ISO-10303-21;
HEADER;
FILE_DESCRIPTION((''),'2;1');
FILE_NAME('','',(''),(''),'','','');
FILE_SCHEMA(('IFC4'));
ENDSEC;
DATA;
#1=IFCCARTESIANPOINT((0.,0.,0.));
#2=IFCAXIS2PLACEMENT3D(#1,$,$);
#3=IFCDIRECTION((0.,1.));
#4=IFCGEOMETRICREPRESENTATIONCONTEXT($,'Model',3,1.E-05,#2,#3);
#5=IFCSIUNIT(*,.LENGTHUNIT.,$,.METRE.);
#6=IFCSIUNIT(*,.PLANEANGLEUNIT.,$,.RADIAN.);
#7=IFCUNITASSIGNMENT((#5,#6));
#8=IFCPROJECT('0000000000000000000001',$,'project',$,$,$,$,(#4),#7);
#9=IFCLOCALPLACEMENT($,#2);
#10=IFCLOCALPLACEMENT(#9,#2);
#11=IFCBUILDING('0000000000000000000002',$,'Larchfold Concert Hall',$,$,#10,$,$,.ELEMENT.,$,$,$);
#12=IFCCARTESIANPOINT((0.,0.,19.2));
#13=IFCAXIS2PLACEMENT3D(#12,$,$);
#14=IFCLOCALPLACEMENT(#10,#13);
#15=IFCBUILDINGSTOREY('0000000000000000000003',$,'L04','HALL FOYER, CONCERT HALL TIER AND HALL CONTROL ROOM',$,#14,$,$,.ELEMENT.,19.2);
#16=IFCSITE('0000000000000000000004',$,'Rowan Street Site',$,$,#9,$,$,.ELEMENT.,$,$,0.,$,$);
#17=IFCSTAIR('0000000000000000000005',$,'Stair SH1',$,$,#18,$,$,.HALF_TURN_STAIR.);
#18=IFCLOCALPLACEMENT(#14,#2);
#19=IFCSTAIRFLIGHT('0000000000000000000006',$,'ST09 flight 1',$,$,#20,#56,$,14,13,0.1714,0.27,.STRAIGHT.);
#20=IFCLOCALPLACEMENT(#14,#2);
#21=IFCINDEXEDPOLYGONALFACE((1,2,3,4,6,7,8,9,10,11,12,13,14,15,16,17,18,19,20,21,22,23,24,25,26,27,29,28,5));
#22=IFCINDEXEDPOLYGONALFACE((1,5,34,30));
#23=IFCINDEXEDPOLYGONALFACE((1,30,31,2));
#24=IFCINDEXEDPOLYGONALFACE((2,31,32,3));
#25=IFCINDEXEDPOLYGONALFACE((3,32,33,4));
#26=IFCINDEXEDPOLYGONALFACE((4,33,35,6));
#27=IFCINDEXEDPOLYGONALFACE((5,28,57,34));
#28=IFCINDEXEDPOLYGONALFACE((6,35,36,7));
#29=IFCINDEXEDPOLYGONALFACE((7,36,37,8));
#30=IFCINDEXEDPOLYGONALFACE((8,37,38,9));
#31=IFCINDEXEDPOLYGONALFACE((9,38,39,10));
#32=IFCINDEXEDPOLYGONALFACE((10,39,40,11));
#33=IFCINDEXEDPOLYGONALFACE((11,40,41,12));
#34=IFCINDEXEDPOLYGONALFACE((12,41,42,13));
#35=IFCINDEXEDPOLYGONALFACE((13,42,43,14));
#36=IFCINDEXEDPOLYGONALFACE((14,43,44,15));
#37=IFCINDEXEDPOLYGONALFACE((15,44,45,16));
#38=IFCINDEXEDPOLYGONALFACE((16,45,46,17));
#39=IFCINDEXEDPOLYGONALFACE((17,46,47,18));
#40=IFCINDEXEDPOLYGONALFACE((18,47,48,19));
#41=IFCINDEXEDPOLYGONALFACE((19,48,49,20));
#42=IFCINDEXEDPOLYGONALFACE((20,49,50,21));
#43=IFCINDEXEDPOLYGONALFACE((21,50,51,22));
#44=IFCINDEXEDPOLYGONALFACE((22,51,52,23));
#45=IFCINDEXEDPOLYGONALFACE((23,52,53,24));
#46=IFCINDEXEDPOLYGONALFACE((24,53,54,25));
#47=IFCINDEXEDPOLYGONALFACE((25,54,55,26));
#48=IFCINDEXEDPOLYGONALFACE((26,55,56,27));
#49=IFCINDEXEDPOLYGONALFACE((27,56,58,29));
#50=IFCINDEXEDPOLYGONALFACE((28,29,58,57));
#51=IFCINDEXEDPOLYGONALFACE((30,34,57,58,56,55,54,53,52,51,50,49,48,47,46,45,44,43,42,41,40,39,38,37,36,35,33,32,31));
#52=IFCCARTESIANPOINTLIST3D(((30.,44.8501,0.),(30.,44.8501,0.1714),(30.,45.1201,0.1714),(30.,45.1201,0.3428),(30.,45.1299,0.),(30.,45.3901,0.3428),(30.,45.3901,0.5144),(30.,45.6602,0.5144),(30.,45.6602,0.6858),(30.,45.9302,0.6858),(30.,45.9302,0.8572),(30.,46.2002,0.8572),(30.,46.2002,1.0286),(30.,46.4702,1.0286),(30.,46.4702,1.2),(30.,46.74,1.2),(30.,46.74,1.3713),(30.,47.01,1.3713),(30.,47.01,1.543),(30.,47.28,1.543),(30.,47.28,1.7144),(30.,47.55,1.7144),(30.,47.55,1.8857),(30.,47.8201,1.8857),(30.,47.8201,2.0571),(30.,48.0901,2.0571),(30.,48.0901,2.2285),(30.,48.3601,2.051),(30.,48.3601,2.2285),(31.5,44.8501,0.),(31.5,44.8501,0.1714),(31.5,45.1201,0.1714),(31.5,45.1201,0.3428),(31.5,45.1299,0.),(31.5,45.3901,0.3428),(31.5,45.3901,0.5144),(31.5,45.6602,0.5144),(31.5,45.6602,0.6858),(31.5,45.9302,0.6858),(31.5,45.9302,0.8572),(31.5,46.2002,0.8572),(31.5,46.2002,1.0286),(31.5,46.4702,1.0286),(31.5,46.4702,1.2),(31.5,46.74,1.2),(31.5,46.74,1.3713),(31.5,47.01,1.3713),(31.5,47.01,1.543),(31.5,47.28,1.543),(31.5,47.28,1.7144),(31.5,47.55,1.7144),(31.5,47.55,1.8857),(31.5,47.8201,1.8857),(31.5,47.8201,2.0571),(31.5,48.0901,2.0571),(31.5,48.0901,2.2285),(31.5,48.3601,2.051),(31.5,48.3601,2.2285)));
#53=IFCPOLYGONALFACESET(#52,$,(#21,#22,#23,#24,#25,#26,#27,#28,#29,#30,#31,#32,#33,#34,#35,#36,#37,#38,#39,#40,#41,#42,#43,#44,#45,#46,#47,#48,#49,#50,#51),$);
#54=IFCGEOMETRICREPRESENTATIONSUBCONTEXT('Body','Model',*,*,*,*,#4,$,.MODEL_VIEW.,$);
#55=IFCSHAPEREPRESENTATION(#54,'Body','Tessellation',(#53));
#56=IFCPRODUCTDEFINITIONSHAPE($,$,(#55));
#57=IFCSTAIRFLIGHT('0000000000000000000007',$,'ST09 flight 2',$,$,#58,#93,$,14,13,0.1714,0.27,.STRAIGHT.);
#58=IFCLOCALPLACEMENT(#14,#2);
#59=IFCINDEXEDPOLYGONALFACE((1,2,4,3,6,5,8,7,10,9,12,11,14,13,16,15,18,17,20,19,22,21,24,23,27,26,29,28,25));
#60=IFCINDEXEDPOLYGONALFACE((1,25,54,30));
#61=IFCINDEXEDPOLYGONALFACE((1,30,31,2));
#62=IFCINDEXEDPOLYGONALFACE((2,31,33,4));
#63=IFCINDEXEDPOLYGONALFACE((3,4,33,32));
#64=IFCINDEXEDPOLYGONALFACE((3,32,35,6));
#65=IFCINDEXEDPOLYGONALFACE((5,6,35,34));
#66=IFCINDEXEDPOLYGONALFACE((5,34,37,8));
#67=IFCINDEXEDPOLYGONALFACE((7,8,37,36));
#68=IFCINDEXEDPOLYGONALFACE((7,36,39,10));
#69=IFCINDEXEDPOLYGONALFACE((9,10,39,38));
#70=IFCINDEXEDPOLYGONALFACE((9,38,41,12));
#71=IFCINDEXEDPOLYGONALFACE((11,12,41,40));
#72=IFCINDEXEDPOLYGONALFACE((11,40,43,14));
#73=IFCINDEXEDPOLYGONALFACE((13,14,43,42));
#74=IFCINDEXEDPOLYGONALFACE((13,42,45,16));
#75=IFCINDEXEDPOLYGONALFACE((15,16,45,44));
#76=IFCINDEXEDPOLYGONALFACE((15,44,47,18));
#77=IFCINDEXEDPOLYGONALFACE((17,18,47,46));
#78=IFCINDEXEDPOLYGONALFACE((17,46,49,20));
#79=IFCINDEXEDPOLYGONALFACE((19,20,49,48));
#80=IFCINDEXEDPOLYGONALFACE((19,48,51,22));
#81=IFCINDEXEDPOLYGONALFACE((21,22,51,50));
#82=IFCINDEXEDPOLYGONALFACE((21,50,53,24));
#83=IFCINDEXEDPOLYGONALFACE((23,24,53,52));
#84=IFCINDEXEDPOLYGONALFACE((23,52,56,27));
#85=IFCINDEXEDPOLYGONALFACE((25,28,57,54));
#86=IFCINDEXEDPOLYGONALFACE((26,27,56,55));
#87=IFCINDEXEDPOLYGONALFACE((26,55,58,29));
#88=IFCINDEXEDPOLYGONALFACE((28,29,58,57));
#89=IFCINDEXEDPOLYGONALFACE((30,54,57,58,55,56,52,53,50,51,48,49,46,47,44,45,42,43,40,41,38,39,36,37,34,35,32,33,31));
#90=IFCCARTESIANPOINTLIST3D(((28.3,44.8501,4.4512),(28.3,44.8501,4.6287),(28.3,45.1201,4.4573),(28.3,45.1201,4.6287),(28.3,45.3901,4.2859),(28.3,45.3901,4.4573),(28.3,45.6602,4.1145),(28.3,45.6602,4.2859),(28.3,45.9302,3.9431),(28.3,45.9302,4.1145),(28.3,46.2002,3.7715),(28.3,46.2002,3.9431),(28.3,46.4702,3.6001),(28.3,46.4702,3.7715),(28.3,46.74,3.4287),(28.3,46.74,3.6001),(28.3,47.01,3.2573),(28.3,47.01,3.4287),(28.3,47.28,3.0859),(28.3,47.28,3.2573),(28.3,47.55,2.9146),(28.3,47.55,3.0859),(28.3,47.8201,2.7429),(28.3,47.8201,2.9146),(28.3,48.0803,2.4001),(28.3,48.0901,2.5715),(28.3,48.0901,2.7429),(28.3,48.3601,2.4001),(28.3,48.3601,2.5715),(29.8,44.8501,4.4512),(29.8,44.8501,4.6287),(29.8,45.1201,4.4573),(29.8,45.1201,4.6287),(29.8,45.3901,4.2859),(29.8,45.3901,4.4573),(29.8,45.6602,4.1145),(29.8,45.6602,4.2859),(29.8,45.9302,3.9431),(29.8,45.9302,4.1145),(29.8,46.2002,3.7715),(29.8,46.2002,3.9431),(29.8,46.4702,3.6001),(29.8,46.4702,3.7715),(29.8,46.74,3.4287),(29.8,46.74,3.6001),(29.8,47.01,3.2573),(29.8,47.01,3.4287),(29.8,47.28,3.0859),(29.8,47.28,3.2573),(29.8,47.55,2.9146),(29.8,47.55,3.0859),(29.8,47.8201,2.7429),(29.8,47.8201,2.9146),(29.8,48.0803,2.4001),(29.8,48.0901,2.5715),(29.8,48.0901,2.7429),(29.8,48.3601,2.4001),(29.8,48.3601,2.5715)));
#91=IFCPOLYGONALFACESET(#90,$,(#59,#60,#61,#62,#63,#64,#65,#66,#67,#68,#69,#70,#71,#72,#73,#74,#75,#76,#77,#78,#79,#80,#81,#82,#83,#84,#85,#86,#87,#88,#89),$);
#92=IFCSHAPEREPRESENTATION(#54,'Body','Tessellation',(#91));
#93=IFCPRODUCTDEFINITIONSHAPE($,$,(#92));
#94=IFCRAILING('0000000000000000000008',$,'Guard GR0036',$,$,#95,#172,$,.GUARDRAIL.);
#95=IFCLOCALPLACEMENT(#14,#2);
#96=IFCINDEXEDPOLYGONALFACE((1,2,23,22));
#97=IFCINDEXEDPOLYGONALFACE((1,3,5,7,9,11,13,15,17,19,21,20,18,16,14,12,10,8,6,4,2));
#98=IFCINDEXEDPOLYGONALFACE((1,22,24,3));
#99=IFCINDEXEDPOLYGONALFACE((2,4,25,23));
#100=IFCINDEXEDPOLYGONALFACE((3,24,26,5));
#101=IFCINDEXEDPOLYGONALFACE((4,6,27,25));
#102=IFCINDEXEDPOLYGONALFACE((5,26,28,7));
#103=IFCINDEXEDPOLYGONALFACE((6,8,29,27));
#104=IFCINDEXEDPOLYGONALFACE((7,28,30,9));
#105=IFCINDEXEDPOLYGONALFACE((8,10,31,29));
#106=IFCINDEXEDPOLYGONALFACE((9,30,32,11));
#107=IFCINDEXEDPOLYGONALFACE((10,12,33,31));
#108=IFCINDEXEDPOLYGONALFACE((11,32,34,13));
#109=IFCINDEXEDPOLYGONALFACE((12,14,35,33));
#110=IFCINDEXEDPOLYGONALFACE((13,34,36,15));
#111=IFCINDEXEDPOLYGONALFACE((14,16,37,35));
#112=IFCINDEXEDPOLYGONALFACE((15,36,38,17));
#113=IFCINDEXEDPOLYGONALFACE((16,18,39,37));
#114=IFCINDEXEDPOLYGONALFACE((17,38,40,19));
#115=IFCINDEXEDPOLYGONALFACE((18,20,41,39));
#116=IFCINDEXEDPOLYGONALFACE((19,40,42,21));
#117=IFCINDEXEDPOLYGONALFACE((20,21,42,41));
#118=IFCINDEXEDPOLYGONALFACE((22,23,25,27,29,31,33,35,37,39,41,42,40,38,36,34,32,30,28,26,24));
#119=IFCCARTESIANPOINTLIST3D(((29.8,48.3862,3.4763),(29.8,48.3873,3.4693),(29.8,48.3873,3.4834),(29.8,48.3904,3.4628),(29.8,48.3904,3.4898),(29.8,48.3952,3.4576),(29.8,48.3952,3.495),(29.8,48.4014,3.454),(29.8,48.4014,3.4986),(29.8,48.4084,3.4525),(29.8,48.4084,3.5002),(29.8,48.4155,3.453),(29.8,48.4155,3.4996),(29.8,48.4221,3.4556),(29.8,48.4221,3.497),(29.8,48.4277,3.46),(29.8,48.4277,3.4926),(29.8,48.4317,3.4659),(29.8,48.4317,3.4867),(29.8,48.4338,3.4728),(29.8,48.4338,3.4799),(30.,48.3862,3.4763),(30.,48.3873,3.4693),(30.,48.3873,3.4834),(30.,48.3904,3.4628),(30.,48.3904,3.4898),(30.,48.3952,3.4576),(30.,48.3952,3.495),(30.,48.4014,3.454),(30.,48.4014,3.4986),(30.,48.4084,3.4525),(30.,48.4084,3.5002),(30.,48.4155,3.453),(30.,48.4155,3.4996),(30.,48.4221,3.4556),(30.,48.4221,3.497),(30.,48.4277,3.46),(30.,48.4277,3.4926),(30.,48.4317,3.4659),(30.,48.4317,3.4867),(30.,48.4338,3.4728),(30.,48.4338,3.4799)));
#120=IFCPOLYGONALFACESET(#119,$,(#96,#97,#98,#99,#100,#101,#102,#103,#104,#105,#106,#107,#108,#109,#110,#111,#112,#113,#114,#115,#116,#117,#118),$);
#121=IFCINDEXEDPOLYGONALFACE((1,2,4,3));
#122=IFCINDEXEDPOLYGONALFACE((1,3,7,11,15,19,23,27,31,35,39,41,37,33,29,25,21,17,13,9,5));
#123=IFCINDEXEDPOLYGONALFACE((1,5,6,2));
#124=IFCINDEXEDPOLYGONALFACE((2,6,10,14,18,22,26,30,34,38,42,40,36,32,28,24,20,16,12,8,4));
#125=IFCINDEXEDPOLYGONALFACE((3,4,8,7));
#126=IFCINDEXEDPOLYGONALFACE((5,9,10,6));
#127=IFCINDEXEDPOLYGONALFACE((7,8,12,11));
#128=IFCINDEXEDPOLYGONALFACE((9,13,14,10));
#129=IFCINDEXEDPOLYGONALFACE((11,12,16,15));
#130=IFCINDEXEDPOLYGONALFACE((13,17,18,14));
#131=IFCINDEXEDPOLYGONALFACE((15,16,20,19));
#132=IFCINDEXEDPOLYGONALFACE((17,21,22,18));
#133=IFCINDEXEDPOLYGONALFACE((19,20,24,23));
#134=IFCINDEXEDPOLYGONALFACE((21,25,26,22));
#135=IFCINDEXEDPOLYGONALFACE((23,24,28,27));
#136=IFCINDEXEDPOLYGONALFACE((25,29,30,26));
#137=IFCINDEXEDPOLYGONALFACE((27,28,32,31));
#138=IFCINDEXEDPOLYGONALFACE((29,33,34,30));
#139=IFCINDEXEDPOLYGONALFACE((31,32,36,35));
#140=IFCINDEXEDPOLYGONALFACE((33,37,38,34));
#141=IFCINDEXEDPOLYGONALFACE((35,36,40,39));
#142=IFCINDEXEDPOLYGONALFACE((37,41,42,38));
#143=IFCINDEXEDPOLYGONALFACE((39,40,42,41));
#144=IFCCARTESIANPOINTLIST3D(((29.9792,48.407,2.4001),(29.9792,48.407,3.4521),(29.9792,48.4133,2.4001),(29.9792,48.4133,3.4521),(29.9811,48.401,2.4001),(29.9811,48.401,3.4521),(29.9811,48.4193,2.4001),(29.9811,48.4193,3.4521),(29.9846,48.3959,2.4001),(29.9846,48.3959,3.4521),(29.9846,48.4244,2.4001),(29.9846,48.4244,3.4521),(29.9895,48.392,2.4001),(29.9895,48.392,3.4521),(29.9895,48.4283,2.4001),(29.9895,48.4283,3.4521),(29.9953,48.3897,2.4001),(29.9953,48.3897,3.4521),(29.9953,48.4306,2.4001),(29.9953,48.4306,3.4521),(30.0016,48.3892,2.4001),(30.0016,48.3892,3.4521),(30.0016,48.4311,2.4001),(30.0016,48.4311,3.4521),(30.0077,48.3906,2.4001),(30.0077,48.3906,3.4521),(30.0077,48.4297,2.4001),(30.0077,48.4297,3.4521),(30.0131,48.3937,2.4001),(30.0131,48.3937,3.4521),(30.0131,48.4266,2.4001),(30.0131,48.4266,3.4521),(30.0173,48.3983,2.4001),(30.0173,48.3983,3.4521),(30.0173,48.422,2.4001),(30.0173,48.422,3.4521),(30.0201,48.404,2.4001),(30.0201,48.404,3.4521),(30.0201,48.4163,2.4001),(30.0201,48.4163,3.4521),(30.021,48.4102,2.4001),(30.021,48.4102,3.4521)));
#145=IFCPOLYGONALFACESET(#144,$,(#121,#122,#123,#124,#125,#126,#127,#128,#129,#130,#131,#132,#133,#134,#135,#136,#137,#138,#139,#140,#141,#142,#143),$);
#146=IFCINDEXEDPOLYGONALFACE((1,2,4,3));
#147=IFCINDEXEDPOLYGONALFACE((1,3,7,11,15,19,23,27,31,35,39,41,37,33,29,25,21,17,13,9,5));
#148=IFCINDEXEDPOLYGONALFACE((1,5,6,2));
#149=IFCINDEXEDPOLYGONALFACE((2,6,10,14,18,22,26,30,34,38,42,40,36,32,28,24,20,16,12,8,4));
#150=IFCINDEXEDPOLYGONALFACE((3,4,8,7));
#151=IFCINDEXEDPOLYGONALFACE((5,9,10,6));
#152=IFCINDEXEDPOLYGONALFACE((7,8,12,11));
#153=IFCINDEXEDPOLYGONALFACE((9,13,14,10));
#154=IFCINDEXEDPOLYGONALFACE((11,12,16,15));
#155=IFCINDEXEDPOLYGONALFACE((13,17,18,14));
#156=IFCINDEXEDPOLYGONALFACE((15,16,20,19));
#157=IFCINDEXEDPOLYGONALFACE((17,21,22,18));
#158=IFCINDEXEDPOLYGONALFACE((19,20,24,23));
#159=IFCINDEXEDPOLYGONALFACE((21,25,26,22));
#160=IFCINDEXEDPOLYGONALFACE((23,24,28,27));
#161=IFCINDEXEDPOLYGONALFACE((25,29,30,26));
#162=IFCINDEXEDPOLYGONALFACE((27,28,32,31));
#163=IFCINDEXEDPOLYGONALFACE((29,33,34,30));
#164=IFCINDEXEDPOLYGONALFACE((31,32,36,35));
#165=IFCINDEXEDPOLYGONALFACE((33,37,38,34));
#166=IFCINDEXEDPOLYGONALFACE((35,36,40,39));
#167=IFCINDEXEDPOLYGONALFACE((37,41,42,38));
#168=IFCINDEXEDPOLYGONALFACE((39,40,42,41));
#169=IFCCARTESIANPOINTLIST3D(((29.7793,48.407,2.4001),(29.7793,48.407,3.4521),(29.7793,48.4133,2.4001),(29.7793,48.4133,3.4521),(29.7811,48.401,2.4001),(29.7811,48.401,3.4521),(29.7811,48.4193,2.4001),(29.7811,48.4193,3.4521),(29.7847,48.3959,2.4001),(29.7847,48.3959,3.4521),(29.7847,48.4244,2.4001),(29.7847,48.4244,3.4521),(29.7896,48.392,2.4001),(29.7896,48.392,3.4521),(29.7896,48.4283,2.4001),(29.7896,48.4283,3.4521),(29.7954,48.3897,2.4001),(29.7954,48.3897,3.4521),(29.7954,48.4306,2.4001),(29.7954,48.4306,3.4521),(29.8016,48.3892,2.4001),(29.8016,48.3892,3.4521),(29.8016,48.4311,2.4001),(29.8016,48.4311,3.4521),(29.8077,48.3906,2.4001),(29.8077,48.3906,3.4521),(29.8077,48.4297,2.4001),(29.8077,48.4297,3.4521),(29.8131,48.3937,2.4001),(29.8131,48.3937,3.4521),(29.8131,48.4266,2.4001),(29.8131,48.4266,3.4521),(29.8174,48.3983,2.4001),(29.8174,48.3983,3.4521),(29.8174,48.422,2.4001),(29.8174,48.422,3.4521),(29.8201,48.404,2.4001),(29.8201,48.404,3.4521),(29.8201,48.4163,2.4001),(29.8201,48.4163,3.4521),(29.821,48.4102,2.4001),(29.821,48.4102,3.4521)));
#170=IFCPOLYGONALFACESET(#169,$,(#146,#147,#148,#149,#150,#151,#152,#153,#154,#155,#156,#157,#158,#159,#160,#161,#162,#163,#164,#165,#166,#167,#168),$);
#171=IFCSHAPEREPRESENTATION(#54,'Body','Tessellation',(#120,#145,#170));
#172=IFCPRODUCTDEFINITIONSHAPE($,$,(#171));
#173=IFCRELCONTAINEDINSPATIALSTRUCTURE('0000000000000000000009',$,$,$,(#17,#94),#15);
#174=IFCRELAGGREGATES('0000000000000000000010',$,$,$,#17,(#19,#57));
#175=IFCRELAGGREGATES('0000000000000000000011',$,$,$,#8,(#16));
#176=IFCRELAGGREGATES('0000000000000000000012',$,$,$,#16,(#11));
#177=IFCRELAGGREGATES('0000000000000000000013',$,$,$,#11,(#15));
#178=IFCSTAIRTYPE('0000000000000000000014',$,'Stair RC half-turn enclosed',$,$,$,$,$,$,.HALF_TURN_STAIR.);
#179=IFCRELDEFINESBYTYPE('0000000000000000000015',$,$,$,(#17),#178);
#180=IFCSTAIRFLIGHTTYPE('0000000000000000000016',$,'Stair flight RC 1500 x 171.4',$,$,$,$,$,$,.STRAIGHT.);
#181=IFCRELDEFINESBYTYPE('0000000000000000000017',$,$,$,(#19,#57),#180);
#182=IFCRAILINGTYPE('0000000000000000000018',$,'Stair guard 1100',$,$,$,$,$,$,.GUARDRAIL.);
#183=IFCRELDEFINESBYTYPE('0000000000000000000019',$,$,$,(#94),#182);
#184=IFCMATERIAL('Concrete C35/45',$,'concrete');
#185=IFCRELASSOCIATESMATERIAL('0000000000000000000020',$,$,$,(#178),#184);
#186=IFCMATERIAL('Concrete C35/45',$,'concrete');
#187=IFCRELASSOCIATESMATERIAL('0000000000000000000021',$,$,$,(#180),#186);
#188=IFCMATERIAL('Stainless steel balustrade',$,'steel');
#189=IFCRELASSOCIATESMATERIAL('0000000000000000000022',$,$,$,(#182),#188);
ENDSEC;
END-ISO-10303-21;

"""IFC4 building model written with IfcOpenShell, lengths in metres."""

from ifc_helpers import new_model, si_unit, direction, frame, origin, origin_2d, place, context, subcontext, project, spatial, polyline, circle, outline, extrude, material, type_object, element, aggregate, save


model = new_model("IFC4")

# Units and contexts
model_context = context("Model", 3, precision=1e-05, world=origin(), true_north=direction((0.0, 1.0)))
body_context = subcontext(model_context, "Body", "Model", "MODEL_VIEW")
ifc_project = project(units=[si_unit("LENGTHUNIT", "METRE"), si_unit("PLANEANGLEUNIT", "RADIAN")], contexts=[model_context])

# Site, building, storey
site_placement = place(None, origin())
site = spatial("IfcSite", under=ifc_project, at=site_placement, Name="Rowan Street Site", CompositionType="ELEMENT", RefElevation=0.0)
building_placement = place(site_placement, origin())
building = spatial("IfcBuilding", under=site, at=building_placement, Name="Larchfold Concert Hall", CompositionType="ELEMENT")
storey_placement = place(building_placement, frame((0.0, 0.0, 19.2)))
storey = spatial("IfcBuildingStorey", under=building, at=storey_placement, Name="L04", Description="HALL FOYER, CONCERT HALL TIER AND HALL CONTROL ROOM", CompositionType="ELEMENT", Elevation=19.2)

# Stair, stair flights
ifc_material_1 = material(Name="Concrete C35/45", Category="concrete")
stair_type = type_object("IfcStairType", Name="Stair RC half-turn enclosed", PredefinedType="HALF_TURN_STAIR", material=ifc_material_1)
stair_placement = place(storey_placement, origin())
stair = element("IfcStair", 1, at=stair_placement, inside=storey, type_object=stair_type, Name="Stair SH1", PredefinedType="HALF_TURN_STAIR")
ifc_material_2 = material(Name="Concrete C35/45", Category="concrete")
stair_flight_type = type_object("IfcStairFlightType", Name="Stair flight RC 1500 x 171.4", PredefinedType="STRAIGHT", material=ifc_material_2)
stair_flight_1_placement = place(storey_placement, frame((30.75, 44.8501, 0.0), z_axis=(0.0, 0.0, 1.0), x_axis=(0.0, 1.0, 0.0)))
stair_flight_1 = element("IfcStairFlight", 2, at=stair_flight_1_placement, type_object=stair_flight_type, Name="ST09 flight 1", NumberOfRisers=14, NumberOfTreads=13, PredefinedType="STRAIGHT", RiserHeight=0.1714, TreadLength=0.27, context=body_context, shape_type="SweptSolid", body=[
    extrude(outline(polyline([(0.0, 0.0), (0.0, 0.1714), (0.27, 0.1714), (0.27, 0.3428), (0.54, 0.3428), (0.54, 0.5144), (0.8101, 0.5144), (0.8101, 0.6858), (1.0801, 0.6858), (1.0801, 0.8572), (1.3501, 0.8572), (1.3501, 1.0286), (1.6201, 1.0286), (1.6201, 1.2), (1.8899, 1.2), (1.8899, 1.3713), (2.1599, 1.3713), (2.1599, 1.543), (2.4299, 1.543), (2.4299, 1.7144), (2.7, 1.7144), (2.7, 1.8857), (2.97, 1.8857), (2.97, 2.0571), (3.24, 2.0571), (3.24, 2.2285), (3.51, 2.2285), (3.51, 2.3999), (3.51, 2.051), (0.2798, 0.0), (0.0, 0.0)])), frame((0.0, 0.75, 0.0), z_axis=(0.0, -1.0, 0.0), x_axis=(1.0, 0.0, 0.0)), (0.0, 0.0, 1.0), 1.5),
])
stair_flight_2_placement = place(storey_placement, frame((29.05, 48.3601, 2.4001), z_axis=(0.0, 0.0, 1.0), x_axis=(0.0, -1.0, 0.0)))
stair_flight_2 = element("IfcStairFlight", 3, at=stair_flight_2_placement, type_object=stair_flight_type, Name="ST09 flight 2", NumberOfRisers=14, NumberOfTreads=13, PredefinedType="STRAIGHT", RiserHeight=0.1714, TreadLength=0.27, context=body_context, shape_type="SweptSolid", body=[
    extrude(outline(polyline([(0.0, 0.0), (0.0, 0.1714), (0.27, 0.1714), (0.27, 0.3428), (0.54, 0.3428), (0.54, 0.5144), (0.8101, 0.5144), (0.8101, 0.6858), (1.0801, 0.6858), (1.0801, 0.8572), (1.3501, 0.8572), (1.3501, 1.0286), (1.6201, 1.0286), (1.6201, 1.2), (1.8899, 1.2), (1.8899, 1.3713), (2.1599, 1.3713), (2.1599, 1.543), (2.4299, 1.543), (2.4299, 1.7144), (2.7, 1.7144), (2.7, 1.8857), (2.97, 1.8857), (2.97, 2.0571), (3.24, 2.0571), (3.24, 2.2285), (3.51, 2.2285), (3.51, 2.3999), (3.51, 2.051), (0.2798, 0.0), (0.0, 0.0)])), frame((0.0, 0.75, 0.0), z_axis=(0.0, -1.0, 0.0), x_axis=(1.0, 0.0, 0.0)), (0.0, 0.0, 1.0), 1.5),
])
aggregate(stair, [stair_flight_1, stair_flight_2])

# Railing
ifc_material_3 = material(Name="Stainless steel balustrade", Category="steel")
railing_type_1 = type_object("IfcRailingType", Name="Stair guard 1100", PredefinedType="GUARDRAIL", material=ifc_material_3)
railing_1_placement = place(storey_placement, frame((30.0, 48.4102, 2.4001)))
element("IfcRailing", 4, at=railing_1_placement, inside=storey, type_object=railing_type_1, Name="Guard GR0036", PredefinedType="GUARDRAIL", context=body_context, shape_type="SweptSolid", body=[
    extrude(circle(Radius=0.0239, at=origin_2d()), frame((0.0, 0.0, 1.0762), z_axis=(-1.0, 0.0, 0.0), x_axis=(0.0, -1.0, 0.0)), (0.0, 0.0, 1.0), 0.2),
    extrude(circle(Radius=0.021, at=origin_2d()), origin(), (0.0, 0.0, 1.0), 1.052),
    extrude(circle(Radius=0.021, at=origin_2d()), frame((-0.2, 0.0, 0.0)), (0.0, 0.0, 1.0), 1.052),
])

save(model, "model.ifc")
